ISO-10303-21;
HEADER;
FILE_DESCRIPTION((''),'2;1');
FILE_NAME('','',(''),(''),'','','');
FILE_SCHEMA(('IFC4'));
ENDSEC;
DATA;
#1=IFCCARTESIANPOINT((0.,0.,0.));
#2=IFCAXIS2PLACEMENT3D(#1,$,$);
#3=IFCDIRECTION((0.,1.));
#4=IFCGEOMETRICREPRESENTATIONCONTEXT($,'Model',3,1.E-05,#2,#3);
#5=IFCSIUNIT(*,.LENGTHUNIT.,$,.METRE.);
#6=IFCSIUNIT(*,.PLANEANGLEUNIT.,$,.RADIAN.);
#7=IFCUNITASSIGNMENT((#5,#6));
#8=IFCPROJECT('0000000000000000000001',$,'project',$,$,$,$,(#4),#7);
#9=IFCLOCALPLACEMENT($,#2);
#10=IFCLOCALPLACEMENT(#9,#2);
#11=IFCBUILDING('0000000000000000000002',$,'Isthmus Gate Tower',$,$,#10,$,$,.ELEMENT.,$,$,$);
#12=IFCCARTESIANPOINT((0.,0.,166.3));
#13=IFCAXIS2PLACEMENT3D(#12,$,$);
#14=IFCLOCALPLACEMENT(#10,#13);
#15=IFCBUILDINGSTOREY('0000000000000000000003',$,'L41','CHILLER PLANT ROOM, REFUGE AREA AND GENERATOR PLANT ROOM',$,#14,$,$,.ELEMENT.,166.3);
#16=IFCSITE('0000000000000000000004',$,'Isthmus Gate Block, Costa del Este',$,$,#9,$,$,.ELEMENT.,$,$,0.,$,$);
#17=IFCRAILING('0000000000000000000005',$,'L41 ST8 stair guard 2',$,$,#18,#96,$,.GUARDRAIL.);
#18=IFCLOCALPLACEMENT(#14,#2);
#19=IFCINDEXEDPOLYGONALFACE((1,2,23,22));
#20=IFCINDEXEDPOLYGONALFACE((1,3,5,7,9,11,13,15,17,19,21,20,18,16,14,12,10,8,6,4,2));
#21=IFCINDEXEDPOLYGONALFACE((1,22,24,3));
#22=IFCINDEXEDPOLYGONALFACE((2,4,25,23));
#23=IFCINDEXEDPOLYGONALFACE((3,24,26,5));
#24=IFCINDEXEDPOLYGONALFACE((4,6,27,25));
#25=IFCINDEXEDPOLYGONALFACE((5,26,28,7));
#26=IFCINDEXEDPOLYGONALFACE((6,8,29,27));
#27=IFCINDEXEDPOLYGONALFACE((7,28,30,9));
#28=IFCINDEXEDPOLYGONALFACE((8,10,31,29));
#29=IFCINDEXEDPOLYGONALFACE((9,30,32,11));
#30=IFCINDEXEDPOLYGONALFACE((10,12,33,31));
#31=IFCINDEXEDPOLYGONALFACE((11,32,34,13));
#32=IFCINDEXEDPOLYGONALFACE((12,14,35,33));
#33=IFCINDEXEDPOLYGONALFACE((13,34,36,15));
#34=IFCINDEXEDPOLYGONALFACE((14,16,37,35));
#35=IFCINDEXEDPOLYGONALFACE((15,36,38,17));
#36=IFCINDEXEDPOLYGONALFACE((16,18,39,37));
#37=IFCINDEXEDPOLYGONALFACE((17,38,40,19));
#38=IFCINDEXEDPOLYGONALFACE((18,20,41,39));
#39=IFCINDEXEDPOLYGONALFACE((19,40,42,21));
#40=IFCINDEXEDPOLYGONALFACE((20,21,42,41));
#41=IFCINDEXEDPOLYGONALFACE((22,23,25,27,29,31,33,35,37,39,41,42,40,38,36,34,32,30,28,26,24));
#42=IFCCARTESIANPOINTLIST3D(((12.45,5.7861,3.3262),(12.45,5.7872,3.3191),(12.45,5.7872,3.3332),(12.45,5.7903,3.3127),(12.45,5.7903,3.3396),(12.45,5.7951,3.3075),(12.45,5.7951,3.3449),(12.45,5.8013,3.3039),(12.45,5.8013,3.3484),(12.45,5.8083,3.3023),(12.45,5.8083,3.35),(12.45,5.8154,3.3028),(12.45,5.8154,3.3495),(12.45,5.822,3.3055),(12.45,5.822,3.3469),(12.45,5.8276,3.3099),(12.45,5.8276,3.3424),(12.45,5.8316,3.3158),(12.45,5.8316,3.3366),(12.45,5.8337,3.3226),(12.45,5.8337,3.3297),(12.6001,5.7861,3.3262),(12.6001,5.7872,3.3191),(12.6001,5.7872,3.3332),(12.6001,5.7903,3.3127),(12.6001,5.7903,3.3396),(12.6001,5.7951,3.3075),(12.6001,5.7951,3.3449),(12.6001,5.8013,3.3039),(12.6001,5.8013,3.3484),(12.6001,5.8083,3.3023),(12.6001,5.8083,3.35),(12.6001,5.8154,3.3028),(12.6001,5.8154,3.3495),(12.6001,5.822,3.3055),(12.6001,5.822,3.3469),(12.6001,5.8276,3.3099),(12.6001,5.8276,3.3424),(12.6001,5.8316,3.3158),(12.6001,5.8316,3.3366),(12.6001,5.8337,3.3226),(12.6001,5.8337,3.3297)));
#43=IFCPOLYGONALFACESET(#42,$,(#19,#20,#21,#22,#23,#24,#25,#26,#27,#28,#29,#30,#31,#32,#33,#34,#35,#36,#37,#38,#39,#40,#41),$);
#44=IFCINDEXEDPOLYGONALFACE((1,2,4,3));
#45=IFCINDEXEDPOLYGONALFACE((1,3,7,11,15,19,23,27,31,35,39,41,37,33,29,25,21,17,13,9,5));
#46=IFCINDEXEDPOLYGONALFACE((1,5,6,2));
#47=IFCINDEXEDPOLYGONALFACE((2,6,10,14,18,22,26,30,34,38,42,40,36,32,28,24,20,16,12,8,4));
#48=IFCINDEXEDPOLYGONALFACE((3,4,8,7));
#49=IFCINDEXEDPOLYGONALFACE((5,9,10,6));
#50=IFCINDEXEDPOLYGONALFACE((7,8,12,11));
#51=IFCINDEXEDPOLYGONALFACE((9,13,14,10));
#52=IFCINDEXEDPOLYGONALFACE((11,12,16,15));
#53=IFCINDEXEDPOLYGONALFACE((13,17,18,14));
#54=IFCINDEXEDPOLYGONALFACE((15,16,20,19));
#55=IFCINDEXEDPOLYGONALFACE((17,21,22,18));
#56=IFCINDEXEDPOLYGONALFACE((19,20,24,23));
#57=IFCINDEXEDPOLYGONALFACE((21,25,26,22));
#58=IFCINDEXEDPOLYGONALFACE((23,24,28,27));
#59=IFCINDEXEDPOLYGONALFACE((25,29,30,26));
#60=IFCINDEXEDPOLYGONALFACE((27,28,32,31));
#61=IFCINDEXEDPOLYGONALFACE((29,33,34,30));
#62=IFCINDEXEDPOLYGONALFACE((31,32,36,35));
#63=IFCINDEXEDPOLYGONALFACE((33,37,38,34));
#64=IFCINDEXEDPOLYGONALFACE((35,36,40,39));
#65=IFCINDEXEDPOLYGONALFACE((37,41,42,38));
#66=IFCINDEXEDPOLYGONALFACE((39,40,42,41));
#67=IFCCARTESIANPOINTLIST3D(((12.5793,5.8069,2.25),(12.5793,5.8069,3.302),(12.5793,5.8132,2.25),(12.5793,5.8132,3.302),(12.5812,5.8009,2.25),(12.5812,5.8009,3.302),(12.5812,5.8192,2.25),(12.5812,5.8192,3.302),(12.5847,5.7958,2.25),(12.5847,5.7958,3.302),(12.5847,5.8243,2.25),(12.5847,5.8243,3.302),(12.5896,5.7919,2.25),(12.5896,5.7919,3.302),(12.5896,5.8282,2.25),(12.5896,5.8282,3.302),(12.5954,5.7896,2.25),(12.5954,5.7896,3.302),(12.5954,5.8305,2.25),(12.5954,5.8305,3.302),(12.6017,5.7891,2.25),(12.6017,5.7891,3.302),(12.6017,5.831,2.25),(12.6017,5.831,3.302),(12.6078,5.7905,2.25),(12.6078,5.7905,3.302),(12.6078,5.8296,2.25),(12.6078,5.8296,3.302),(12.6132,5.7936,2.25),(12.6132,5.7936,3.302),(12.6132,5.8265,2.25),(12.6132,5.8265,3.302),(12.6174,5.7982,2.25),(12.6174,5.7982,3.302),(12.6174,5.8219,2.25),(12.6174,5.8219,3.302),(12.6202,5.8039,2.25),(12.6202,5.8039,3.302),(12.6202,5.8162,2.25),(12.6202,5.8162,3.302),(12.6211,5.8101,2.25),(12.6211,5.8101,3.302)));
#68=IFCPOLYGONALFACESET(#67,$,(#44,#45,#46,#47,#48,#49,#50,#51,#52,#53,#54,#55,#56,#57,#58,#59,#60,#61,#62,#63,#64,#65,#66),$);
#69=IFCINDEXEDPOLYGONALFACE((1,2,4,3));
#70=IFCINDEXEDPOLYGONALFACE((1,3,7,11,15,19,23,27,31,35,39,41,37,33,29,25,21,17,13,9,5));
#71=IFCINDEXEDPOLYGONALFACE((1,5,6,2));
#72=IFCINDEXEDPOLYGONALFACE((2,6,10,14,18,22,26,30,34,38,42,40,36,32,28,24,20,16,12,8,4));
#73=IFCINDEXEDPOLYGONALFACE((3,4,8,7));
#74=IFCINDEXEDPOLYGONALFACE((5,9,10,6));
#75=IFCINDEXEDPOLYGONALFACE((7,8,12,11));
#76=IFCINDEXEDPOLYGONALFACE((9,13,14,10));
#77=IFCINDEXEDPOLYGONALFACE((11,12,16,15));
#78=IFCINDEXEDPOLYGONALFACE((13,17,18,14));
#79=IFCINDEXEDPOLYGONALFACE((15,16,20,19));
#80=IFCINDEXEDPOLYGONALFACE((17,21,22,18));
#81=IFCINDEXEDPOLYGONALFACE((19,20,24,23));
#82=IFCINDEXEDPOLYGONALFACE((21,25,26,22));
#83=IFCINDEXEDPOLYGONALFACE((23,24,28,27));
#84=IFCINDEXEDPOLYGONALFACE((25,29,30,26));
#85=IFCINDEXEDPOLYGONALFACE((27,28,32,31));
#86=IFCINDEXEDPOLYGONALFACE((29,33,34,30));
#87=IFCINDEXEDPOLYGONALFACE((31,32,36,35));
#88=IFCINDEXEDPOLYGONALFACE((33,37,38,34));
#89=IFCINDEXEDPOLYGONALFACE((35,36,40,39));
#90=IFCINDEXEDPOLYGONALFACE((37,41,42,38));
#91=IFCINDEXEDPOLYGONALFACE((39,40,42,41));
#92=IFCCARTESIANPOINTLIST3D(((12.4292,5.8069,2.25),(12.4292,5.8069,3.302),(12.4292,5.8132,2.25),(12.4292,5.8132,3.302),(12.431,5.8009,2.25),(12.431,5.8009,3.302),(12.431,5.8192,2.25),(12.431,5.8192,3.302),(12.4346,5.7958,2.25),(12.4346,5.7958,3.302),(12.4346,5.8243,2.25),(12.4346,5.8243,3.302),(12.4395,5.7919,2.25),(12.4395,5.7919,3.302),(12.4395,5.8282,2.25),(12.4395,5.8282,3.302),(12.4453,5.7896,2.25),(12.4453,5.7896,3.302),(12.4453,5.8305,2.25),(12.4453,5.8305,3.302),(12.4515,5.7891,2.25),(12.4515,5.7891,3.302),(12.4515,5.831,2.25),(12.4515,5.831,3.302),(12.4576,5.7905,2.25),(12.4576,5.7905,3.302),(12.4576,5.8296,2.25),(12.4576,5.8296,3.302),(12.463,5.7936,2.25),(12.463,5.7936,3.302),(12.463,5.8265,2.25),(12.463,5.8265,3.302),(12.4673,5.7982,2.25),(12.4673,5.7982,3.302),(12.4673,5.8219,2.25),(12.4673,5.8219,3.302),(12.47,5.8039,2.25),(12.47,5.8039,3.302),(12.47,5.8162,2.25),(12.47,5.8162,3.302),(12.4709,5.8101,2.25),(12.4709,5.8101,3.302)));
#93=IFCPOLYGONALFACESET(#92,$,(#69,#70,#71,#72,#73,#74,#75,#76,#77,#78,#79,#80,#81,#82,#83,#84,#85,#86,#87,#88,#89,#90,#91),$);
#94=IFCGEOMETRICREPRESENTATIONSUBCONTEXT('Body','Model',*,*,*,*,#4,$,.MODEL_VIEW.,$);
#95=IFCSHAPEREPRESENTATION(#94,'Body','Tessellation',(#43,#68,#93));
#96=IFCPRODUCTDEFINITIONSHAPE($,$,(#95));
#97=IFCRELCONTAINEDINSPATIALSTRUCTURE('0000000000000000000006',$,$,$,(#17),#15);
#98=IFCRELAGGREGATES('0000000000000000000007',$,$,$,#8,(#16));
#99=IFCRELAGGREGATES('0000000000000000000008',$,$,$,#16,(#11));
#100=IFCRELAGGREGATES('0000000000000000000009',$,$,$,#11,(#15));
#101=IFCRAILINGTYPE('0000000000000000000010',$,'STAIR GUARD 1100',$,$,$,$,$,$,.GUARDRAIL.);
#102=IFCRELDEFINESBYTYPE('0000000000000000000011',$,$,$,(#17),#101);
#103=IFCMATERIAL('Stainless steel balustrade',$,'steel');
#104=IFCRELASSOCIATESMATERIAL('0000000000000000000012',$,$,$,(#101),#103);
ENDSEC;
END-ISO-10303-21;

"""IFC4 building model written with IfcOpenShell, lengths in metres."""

from ifc_helpers import new_model, si_unit, direction, frame, origin, origin_2d, place, context, subcontext, project, spatial, circle, extrude, material, type_object, element, save


model = new_model("IFC4")

# Units and contexts
model_context = context("Model", 3, precision=1e-05, world=origin(), true_north=direction((0.0, 1.0)))
body_context = subcontext(model_context, "Body", "Model", "MODEL_VIEW")
ifc_project = project(units=[si_unit("LENGTHUNIT", "METRE"), si_unit("PLANEANGLEUNIT", "RADIAN")], contexts=[model_context])

# Site, building, storey
site_placement = place(None, origin())
site = spatial("IfcSite", under=ifc_project, at=site_placement, Name="Isthmus Gate Block, Costa del Este", CompositionType="ELEMENT", RefElevation=0.0)
building_placement = place(site_placement, origin())
building = spatial("IfcBuilding", under=site, at=building_placement, Name="Isthmus Gate Tower", CompositionType="ELEMENT")
storey_placement = place(building_placement, frame((0.0, 0.0, 166.3)))
storey = spatial("IfcBuildingStorey", under=building, at=storey_placement, Name="L41", Description="CHILLER PLANT ROOM, REFUGE AREA AND GENERATOR PLANT ROOM", CompositionType="ELEMENT", Elevation=166.3)

# Railing
ifc_material_1 = material(Name="Stainless steel balustrade", Category="steel")
railing_type_1 = type_object("IfcRailingType", Name="STAIR GUARD 1100", PredefinedType="GUARDRAIL", material=ifc_material_1)
railing_1_placement = place(storey_placement, frame((12.6001, 5.8101, 2.25)))
element("IfcRailing", 1, at=railing_1_placement, inside=storey, type_object=railing_type_1, Name="L41 ST8 stair guard 2", PredefinedType="GUARDRAIL", context=body_context, shape_type="SweptSolid", body=[
    extrude(circle(Radius=0.0239, at=origin_2d()), frame((0.0, 0.0, 1.0762), z_axis=(-1.0, 0.0, 0.0), x_axis=(0.0, -1.0, 0.0)), (0.0, 0.0, 1.0), 0.1501),
    extrude(circle(Radius=0.021, at=origin_2d()), origin(), (0.0, 0.0, 1.0), 1.052),
    extrude(circle(Radius=0.021, at=origin_2d()), frame((-0.1501, 0.0, 0.0)), (0.0, 0.0, 1.0), 1.052),
])

save(model, "model.ifc")
